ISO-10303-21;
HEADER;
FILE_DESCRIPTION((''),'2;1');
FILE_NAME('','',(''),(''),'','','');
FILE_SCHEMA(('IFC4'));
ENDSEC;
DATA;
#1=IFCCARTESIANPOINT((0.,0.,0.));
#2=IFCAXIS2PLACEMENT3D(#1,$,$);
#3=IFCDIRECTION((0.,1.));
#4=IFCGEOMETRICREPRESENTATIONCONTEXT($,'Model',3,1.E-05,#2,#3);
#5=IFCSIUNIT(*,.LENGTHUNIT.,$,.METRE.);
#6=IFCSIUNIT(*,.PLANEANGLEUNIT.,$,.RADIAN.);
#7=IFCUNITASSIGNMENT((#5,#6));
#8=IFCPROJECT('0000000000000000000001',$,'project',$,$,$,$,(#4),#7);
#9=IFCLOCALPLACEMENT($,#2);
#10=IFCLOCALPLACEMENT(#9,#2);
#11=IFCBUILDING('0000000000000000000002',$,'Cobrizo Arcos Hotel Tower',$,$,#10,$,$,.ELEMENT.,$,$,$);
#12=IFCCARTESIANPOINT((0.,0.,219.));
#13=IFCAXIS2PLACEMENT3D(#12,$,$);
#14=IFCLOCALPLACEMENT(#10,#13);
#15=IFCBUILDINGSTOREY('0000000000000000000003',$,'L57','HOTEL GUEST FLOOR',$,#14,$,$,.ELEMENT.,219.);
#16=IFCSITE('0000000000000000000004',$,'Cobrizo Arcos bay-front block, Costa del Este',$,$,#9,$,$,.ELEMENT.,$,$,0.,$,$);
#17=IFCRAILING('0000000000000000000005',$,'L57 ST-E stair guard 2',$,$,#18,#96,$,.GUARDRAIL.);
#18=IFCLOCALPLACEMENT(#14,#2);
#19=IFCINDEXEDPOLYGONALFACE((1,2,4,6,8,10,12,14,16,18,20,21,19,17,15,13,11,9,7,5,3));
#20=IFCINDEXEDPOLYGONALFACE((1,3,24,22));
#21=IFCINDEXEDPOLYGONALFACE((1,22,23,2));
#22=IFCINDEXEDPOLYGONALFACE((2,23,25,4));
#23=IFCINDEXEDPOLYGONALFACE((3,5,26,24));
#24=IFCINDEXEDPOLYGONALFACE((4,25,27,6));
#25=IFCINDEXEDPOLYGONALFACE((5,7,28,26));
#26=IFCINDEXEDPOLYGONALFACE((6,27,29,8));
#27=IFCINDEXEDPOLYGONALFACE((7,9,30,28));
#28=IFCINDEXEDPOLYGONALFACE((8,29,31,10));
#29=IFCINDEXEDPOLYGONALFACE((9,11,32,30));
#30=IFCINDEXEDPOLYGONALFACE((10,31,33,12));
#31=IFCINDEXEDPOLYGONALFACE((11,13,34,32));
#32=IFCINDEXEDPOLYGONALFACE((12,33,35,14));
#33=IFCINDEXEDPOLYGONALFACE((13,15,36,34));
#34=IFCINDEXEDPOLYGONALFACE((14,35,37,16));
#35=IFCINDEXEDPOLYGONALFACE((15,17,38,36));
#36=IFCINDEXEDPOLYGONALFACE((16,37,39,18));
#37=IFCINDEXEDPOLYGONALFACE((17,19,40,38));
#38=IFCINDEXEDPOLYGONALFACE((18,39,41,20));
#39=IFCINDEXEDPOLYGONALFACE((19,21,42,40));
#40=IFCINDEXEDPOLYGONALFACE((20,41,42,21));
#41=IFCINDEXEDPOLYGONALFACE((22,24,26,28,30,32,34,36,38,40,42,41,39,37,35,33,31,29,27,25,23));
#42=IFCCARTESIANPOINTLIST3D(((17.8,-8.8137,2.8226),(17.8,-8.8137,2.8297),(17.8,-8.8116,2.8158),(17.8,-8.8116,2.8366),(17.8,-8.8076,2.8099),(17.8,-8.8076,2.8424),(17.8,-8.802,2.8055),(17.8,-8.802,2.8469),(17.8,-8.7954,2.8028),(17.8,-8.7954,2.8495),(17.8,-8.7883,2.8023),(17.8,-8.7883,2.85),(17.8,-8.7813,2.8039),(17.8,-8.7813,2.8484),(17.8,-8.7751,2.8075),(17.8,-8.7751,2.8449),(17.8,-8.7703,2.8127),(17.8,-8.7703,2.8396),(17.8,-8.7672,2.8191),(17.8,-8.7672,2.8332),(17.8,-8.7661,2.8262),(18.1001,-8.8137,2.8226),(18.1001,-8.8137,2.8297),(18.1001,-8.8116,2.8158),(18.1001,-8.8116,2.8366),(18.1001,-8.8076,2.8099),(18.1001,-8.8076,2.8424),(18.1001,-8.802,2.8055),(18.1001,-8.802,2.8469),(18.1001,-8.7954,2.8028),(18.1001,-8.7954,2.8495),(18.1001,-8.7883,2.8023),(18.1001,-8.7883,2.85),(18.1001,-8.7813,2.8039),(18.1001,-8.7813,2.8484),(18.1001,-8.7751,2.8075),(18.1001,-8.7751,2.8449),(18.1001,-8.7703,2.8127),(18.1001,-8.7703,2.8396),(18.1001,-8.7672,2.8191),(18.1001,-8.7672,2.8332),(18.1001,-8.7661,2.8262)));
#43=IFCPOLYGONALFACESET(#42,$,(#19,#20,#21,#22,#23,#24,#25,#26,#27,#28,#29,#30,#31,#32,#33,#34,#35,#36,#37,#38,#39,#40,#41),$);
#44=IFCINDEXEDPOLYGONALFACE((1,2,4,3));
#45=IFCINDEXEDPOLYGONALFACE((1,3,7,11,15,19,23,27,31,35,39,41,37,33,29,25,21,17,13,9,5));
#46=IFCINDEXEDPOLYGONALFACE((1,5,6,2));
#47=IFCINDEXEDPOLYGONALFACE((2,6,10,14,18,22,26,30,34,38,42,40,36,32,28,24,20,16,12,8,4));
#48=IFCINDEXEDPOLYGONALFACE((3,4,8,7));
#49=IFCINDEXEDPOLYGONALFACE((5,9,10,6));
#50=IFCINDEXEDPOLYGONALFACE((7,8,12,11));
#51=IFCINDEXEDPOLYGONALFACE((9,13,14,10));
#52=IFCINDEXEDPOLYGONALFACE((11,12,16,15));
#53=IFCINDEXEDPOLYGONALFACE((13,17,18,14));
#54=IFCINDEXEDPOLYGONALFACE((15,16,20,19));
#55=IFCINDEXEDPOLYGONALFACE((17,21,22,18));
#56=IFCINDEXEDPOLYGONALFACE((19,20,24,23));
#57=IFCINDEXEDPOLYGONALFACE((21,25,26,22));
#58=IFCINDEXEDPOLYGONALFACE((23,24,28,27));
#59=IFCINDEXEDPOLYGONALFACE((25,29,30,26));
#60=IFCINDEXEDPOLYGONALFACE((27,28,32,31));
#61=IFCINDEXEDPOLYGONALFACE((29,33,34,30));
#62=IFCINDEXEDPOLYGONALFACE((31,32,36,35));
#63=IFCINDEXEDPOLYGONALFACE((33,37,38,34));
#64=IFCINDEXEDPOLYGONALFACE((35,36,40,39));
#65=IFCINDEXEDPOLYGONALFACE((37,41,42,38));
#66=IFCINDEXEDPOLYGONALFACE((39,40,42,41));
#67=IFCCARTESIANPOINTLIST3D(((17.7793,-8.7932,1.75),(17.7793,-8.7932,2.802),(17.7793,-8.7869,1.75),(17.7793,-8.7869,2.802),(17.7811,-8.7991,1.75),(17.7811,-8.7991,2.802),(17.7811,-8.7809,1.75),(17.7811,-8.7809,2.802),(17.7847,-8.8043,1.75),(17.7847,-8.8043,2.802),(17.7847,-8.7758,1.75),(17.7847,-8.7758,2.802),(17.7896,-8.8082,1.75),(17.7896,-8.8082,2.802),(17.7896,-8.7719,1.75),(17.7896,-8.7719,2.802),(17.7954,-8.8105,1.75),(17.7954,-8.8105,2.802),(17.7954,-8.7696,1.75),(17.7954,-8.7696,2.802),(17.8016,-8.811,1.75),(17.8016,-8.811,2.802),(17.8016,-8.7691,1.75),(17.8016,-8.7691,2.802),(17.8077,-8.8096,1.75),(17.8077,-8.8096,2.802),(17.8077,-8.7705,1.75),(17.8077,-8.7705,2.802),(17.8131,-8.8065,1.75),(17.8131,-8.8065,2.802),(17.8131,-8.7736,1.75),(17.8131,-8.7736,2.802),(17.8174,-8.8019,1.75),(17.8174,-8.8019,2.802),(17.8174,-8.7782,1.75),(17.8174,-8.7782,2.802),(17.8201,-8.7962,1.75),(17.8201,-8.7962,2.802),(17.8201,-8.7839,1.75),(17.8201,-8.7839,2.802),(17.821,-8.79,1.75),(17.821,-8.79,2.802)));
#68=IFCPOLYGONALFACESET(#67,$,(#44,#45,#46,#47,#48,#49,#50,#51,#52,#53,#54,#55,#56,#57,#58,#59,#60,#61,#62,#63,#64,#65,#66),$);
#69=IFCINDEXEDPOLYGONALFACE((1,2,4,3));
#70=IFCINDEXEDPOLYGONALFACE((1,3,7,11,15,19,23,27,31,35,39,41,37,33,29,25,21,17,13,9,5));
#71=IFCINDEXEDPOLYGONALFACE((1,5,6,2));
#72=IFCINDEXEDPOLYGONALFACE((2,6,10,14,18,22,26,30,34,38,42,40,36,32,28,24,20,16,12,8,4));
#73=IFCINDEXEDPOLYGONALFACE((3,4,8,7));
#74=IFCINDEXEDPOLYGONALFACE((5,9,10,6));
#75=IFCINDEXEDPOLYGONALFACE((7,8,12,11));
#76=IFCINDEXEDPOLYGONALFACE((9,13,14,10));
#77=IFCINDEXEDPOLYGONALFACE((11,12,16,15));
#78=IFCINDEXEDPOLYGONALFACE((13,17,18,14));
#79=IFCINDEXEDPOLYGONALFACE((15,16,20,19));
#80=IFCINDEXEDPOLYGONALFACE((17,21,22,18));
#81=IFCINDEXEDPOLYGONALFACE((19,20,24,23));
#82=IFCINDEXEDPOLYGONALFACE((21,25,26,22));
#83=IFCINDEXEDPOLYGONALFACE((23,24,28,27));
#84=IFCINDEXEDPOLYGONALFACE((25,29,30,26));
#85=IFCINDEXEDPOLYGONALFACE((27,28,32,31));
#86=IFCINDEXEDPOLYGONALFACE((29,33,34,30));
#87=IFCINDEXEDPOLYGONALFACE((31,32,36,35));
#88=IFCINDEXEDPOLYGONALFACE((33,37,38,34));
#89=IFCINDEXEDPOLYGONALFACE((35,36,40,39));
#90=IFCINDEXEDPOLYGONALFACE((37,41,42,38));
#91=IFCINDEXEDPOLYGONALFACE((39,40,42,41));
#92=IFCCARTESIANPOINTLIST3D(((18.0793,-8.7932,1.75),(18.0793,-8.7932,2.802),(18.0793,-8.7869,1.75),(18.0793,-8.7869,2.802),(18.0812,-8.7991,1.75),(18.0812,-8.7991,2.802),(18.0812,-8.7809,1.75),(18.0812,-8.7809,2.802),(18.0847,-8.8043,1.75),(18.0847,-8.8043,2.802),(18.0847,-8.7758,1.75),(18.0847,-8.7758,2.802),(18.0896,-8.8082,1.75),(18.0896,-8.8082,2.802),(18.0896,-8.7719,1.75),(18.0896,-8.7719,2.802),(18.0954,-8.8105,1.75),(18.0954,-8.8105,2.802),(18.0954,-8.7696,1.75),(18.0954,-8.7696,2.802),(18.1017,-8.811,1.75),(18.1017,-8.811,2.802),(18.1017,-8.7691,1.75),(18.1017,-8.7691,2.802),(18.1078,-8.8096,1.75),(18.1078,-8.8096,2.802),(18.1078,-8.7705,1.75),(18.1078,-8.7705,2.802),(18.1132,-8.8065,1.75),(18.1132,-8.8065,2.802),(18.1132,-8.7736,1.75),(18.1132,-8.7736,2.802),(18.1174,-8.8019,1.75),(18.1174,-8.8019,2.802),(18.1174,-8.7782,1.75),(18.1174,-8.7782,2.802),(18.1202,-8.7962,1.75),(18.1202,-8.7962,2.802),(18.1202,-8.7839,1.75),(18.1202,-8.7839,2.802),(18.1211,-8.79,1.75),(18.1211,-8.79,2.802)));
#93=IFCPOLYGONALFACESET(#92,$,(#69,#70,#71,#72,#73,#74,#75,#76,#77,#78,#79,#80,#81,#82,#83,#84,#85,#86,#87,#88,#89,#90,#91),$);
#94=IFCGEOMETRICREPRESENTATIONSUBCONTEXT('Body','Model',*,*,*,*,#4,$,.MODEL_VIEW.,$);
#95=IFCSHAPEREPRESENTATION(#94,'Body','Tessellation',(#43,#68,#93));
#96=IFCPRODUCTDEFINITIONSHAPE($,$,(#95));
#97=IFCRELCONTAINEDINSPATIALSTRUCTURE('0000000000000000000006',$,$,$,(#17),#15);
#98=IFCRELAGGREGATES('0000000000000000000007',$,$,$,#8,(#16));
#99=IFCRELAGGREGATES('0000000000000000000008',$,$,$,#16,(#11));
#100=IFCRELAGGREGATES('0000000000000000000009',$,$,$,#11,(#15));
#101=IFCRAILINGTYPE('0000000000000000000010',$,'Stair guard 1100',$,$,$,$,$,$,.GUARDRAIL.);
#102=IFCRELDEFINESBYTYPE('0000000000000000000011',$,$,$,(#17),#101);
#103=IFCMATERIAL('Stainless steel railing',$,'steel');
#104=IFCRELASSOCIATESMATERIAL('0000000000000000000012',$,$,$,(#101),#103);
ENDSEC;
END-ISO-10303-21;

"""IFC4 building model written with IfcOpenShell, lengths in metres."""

from ifc_helpers import new_model, si_unit, direction, frame, origin, origin_2d, place, context, subcontext, project, spatial, circle, extrude, material, type_object, element, save


model = new_model("IFC4")

# Units and contexts
model_context = context("Model", 3, precision=1e-05, world=origin(), true_north=direction((0.0, 1.0)))
body_context = subcontext(model_context, "Body", "Model", "MODEL_VIEW")
ifc_project = project(units=[si_unit("LENGTHUNIT", "METRE"), si_unit("PLANEANGLEUNIT", "RADIAN")], contexts=[model_context])

# Site, building, storey
site_placement = place(None, origin())
site = spatial("IfcSite", under=ifc_project, at=site_placement, Name="Cobrizo Arcos bay-front block, Costa del Este", CompositionType="ELEMENT", RefElevation=0.0)
building_placement = place(site_placement, origin())
building = spatial("IfcBuilding", under=site, at=building_placement, Name="Cobrizo Arcos Hotel Tower", CompositionType="ELEMENT")
storey_placement = place(building_placement, frame((0.0, 0.0, 219.0)))
storey = spatial("IfcBuildingStorey", under=building, at=storey_placement, Name="L57", Description="HOTEL GUEST FLOOR", CompositionType="ELEMENT", Elevation=219.0)

# Railing
ifc_material_1 = material(Name="Stainless steel railing", Category="steel")
railing_type_1 = type_object("IfcRailingType", Name="Stair guard 1100", PredefinedType="GUARDRAIL", material=ifc_material_1)
railing_1_placement = place(storey_placement, frame((17.8, -8.79, 1.75)))
element("IfcRailing", 1, at=railing_1_placement, inside=storey, type_object=railing_type_1, Name="L57 ST-E stair guard 2", PredefinedType="GUARDRAIL", context=body_context, shape_type="SweptSolid", body=[
    extrude(circle(Radius=0.0239, at=origin_2d()), frame((0.0, 0.0, 1.0762), z_axis=(1.0, 0.0, 0.0), x_axis=(0.0, 1.0, 0.0)), (0.0, 0.0, 1.0), 0.3),
    extrude(circle(Radius=0.021, at=origin_2d()), origin(), (0.0, 0.0, 1.0), 1.052),
    extrude(circle(Radius=0.021, at=origin_2d()), frame((0.3, 0.0, 0.0)), (0.0, 0.0, 1.0), 1.052),
])

save(model, "model.ifc")
